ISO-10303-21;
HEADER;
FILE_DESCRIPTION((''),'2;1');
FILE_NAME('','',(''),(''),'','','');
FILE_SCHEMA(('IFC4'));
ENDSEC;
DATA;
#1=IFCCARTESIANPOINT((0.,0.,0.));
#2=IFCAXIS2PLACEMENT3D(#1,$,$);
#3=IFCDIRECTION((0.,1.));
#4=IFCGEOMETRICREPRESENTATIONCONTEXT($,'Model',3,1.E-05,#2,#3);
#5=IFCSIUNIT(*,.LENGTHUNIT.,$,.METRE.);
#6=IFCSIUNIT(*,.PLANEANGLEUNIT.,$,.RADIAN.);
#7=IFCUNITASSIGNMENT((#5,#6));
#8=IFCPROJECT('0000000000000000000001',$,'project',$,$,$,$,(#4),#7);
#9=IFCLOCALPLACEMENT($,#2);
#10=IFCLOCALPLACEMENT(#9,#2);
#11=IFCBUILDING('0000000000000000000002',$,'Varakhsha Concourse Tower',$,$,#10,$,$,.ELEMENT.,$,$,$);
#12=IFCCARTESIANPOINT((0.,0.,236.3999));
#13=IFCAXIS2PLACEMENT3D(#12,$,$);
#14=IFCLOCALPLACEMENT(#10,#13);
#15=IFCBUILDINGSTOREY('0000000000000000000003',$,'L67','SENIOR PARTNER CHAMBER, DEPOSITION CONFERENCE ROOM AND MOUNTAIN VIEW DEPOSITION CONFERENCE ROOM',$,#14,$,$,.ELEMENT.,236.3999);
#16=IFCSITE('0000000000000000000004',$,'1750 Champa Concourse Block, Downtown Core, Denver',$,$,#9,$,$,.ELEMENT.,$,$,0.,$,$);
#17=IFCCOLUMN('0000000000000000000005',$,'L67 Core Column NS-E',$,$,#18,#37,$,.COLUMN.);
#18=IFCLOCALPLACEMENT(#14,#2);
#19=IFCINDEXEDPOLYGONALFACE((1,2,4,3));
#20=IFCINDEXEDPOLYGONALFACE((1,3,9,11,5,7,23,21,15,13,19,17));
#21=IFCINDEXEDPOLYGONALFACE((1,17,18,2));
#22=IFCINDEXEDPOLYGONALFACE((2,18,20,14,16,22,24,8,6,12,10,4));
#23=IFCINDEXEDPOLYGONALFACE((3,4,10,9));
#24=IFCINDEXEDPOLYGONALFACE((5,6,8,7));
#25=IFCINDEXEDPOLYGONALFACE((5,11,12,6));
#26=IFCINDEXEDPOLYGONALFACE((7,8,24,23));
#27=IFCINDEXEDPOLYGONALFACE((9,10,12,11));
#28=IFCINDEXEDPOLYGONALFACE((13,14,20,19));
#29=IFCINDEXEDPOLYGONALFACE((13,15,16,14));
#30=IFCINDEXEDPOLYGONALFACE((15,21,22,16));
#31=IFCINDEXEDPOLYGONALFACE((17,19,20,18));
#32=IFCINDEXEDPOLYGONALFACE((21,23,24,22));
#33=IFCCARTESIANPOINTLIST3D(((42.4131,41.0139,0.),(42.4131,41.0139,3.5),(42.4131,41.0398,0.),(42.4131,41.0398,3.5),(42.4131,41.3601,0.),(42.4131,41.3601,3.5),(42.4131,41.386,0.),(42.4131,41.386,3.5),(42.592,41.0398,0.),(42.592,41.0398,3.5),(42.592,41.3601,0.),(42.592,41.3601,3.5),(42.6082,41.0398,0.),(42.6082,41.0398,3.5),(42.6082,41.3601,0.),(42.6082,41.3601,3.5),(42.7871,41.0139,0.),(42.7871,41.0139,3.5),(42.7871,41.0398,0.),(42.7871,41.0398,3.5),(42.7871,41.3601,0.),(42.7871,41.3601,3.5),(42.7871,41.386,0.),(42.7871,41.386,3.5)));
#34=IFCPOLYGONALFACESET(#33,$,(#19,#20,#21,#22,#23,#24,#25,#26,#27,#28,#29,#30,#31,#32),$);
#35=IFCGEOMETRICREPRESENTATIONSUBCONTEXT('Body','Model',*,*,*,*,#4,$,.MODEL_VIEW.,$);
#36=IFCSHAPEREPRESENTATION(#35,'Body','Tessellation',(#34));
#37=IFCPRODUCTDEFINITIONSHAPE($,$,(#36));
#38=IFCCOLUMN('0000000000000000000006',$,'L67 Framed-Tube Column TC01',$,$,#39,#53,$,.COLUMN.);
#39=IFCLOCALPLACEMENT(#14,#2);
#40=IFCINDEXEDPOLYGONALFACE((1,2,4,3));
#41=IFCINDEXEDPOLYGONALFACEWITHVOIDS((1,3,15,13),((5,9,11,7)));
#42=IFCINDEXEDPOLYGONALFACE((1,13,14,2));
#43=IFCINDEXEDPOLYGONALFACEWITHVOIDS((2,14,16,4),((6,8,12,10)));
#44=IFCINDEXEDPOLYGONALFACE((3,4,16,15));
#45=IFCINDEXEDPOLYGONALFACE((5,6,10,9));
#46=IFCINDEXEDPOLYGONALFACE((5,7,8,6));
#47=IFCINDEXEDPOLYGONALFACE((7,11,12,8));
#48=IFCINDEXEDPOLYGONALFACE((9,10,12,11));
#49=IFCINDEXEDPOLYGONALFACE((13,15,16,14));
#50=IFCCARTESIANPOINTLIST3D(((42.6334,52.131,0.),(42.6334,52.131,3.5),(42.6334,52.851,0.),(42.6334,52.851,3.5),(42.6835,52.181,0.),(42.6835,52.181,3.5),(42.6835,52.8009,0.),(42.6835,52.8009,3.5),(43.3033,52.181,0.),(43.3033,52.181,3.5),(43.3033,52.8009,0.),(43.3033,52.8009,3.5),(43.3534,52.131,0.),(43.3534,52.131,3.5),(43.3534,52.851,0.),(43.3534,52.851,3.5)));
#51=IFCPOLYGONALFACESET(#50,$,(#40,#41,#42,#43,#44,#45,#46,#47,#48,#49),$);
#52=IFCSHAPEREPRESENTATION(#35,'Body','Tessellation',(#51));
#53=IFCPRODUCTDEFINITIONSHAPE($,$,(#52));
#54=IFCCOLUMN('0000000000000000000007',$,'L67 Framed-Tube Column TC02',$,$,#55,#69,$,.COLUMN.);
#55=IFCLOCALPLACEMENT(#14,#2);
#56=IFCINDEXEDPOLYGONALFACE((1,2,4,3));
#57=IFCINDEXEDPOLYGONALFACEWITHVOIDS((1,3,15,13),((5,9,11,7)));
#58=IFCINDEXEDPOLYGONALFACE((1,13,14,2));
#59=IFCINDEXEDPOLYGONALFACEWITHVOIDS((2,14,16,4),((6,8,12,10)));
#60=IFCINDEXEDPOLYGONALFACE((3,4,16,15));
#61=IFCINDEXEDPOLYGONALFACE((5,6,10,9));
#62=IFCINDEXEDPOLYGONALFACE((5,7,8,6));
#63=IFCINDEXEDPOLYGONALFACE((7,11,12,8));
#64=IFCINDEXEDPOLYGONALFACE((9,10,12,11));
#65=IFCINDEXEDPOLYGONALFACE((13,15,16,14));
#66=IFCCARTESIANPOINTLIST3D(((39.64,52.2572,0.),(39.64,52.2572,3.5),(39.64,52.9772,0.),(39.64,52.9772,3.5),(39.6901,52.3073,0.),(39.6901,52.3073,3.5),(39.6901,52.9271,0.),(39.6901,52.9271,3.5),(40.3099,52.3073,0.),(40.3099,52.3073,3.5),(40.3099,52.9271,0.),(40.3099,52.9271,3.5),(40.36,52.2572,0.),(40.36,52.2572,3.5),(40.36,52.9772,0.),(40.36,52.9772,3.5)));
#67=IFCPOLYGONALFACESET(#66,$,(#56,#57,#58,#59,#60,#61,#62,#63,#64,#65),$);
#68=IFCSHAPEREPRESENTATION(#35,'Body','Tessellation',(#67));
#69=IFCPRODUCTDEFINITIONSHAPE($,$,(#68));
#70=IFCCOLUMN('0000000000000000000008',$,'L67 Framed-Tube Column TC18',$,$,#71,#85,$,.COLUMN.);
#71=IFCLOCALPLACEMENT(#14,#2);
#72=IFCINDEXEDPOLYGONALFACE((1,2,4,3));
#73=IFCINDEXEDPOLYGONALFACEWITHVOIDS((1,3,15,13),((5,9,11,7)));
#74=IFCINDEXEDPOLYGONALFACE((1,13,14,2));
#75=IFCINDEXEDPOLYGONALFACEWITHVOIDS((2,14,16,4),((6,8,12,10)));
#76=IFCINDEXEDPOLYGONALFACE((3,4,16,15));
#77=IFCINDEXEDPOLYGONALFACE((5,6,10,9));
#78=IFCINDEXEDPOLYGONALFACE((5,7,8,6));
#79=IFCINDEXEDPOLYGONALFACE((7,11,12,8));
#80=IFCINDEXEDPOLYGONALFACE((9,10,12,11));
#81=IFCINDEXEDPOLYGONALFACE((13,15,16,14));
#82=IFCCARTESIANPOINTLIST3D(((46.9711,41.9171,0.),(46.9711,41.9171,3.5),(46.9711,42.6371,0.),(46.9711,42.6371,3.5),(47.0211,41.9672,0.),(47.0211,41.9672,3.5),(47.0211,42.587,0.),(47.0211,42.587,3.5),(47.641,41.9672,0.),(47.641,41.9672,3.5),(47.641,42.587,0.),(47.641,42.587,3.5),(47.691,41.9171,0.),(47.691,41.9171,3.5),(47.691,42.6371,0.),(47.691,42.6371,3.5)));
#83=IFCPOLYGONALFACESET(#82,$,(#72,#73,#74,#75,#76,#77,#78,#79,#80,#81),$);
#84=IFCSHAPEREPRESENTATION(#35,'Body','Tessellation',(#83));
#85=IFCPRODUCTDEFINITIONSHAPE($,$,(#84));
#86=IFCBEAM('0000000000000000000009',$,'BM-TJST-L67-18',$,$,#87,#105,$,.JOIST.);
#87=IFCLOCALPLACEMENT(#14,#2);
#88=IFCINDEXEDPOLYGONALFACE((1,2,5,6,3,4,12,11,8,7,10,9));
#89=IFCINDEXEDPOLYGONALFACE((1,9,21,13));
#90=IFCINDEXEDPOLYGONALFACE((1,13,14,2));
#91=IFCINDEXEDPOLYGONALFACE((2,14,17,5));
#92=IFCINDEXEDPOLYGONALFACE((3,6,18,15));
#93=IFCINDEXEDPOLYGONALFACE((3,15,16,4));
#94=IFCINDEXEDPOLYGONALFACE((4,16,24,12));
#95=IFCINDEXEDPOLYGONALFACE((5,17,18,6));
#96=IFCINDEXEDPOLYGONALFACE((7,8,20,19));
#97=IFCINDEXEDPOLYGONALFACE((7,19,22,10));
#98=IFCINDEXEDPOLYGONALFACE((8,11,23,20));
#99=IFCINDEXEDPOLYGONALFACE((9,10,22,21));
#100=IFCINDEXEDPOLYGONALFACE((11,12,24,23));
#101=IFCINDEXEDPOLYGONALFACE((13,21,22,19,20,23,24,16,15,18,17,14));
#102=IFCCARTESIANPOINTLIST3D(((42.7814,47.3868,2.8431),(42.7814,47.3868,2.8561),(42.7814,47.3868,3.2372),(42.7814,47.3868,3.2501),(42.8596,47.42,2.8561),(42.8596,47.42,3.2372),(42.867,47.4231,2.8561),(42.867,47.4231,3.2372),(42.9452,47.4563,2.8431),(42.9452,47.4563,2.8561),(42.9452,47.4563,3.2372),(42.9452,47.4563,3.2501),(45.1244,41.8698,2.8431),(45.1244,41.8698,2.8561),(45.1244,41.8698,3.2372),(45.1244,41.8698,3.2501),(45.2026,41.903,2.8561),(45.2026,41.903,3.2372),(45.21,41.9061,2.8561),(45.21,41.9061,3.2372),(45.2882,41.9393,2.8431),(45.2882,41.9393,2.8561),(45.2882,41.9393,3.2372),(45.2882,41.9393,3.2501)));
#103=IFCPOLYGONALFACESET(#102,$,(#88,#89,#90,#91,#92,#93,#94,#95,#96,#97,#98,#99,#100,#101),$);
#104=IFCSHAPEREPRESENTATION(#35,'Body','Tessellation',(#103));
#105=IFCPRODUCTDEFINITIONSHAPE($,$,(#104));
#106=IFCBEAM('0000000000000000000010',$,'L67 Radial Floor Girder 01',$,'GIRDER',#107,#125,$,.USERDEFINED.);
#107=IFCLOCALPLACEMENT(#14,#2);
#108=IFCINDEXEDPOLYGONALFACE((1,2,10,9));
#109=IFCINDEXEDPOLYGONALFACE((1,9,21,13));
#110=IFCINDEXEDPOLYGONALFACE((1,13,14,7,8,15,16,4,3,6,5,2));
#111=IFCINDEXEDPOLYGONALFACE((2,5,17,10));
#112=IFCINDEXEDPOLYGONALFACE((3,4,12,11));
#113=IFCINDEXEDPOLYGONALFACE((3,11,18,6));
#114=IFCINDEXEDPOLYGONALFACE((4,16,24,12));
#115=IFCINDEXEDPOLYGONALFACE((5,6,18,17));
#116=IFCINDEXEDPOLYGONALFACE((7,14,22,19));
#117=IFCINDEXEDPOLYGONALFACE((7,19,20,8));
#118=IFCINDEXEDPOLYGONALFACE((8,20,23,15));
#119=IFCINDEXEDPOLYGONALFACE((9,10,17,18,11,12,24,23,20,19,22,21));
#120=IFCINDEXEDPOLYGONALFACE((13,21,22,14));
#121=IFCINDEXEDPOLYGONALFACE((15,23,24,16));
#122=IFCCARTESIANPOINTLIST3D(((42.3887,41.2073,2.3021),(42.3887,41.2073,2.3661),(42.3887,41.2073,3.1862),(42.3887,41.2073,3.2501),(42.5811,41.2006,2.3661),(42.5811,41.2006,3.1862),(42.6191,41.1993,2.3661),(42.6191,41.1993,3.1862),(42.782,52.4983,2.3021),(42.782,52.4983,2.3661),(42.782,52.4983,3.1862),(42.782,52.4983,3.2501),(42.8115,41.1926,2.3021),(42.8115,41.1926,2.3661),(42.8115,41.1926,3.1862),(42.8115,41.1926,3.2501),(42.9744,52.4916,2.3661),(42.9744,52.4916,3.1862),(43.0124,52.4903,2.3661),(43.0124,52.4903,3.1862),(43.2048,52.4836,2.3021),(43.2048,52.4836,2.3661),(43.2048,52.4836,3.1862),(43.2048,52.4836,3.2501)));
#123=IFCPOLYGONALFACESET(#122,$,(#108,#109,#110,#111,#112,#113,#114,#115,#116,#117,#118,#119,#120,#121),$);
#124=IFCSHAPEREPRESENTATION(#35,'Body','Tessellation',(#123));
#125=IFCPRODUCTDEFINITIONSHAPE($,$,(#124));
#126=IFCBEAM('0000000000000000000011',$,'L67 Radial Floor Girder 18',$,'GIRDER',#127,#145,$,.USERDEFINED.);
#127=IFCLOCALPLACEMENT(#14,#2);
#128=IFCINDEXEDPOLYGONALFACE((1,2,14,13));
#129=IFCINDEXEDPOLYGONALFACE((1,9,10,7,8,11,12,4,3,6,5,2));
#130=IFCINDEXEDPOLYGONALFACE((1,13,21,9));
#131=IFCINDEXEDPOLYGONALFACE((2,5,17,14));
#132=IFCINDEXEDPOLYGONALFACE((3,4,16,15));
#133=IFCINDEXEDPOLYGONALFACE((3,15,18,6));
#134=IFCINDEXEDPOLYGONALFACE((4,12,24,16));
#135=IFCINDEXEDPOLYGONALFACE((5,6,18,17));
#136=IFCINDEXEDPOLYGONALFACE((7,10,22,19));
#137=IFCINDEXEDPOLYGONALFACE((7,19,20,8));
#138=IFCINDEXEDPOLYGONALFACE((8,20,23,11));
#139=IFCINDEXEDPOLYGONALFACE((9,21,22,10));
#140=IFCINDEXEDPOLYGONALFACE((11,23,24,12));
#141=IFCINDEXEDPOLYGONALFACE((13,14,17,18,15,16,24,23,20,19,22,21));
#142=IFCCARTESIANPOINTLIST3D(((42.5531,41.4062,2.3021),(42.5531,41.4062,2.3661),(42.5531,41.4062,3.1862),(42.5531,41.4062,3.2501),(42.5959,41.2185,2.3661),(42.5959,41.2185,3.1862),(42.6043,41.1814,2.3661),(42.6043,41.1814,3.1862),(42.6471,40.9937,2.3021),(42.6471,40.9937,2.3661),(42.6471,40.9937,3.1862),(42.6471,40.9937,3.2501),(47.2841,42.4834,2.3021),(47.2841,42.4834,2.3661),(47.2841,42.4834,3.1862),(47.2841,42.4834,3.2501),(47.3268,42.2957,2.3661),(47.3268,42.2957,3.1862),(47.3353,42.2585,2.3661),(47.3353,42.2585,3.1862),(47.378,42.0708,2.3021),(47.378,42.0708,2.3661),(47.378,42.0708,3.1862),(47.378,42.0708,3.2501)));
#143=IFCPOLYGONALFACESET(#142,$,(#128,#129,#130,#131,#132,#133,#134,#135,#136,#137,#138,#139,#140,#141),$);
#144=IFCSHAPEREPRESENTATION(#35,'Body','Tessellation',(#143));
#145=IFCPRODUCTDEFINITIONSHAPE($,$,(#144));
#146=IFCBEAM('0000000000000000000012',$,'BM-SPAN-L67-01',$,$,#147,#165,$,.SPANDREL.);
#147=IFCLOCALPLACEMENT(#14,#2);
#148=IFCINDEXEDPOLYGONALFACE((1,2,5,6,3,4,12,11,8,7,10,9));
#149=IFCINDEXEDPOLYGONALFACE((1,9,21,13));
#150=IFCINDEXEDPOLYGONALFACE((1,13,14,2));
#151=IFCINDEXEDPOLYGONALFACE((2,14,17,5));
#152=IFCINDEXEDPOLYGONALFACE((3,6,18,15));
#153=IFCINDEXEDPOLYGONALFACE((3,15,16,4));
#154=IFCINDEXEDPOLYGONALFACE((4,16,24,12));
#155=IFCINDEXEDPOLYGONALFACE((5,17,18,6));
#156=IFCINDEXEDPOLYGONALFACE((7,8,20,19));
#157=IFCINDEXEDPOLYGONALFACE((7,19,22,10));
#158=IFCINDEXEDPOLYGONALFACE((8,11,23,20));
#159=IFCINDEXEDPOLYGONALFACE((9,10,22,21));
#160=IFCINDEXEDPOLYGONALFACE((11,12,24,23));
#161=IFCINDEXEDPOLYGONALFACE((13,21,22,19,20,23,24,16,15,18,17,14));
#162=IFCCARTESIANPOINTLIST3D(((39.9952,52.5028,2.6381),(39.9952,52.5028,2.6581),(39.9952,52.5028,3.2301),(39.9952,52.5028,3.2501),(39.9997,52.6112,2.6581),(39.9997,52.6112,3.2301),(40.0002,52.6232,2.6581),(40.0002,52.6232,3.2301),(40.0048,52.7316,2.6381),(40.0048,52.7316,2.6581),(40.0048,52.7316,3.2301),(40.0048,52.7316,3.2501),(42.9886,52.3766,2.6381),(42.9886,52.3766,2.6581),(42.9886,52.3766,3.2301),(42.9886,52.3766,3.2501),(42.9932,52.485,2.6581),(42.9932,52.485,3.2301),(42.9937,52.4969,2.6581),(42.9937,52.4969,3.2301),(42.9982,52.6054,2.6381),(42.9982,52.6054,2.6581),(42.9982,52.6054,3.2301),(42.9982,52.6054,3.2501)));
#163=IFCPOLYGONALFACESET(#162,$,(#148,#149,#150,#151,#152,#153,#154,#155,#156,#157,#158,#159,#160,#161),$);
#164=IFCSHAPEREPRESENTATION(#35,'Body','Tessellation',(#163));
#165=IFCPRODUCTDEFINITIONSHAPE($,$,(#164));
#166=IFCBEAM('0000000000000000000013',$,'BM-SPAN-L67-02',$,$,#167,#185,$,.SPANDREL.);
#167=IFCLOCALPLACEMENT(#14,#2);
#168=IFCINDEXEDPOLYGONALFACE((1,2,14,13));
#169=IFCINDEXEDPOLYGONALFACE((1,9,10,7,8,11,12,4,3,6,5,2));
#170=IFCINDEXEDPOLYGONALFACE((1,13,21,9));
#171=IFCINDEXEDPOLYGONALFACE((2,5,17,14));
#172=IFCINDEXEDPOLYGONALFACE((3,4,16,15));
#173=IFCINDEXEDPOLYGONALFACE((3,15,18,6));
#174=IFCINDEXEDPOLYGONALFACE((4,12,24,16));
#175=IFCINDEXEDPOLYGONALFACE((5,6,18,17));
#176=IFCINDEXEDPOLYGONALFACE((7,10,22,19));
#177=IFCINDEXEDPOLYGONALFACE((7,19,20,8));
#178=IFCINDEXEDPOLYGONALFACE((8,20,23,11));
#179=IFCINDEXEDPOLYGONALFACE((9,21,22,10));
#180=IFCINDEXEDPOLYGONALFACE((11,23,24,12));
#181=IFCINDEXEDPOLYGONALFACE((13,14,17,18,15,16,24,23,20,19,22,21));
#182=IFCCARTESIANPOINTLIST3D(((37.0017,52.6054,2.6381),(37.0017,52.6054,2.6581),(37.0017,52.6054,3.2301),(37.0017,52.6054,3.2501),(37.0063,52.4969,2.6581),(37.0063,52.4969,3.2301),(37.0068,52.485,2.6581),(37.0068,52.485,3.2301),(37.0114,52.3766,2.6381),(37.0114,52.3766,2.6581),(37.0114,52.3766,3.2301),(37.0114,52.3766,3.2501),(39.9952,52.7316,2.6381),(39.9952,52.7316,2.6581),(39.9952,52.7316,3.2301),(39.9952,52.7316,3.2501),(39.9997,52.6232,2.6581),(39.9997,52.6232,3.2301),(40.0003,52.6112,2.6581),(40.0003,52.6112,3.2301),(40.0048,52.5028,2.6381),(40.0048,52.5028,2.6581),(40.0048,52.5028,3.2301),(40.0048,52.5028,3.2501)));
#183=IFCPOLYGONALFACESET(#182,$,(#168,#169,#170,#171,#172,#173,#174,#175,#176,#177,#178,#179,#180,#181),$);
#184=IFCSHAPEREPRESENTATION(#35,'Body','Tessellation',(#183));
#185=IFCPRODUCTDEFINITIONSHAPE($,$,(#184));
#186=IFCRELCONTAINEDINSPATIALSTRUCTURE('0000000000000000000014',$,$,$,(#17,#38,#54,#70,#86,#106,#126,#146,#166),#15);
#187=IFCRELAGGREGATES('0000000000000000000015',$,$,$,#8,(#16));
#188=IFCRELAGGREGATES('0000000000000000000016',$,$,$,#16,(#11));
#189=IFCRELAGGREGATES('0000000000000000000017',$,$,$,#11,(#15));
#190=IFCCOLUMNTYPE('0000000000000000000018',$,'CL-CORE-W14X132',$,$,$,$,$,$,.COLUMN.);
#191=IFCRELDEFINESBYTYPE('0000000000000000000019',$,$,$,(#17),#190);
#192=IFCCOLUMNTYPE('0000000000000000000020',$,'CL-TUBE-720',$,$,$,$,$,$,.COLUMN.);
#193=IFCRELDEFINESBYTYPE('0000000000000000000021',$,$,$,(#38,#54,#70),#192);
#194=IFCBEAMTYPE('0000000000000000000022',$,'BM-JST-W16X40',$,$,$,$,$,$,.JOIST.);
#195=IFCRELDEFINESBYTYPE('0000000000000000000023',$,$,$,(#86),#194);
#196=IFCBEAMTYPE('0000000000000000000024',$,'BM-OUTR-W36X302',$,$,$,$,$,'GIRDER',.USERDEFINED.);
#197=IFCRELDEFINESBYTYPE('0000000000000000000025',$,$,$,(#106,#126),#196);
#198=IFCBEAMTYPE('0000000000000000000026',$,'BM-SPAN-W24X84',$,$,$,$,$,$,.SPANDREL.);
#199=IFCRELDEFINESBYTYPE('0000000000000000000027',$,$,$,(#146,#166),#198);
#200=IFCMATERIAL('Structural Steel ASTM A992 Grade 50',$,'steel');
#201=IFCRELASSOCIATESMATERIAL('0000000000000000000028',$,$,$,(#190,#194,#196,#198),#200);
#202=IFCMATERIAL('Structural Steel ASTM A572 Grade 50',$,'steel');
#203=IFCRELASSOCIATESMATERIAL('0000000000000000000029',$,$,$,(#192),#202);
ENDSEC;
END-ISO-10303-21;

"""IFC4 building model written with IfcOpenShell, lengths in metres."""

from ifc_helpers import new_model, si_unit, direction, frame, origin, origin_2d, place, context, subcontext, project, spatial, hollow_rectangle, i_section, extrude, material, material_profile, profile_set, type_object, element, save


model = new_model("IFC4")

# Units and contexts
model_context = context("Model", 3, precision=1e-05, world=origin(), true_north=direction((0.0, 1.0)))
body_context = subcontext(model_context, "Body", "Model", "MODEL_VIEW")
ifc_project = project(units=[si_unit("LENGTHUNIT", "METRE"), si_unit("PLANEANGLEUNIT", "RADIAN")], contexts=[model_context])

# Site, building, storey
site_placement = place(None, origin())
site = spatial("IfcSite", under=ifc_project, at=site_placement, Name="1750 Champa Concourse Block, Downtown Core, Denver", CompositionType="ELEMENT", RefElevation=0.0)
building_placement = place(site_placement, origin())
building = spatial("IfcBuilding", under=site, at=building_placement, Name="Varakhsha Concourse Tower", CompositionType="ELEMENT")
storey_placement = place(building_placement, frame((0.0, 0.0, 236.3999)))
storey = spatial("IfcBuildingStorey", under=building, at=storey_placement, Name="L67", Description="SENIOR PARTNER CHAMBER, DEPOSITION CONFERENCE ROOM AND MOUNTAIN VIEW DEPOSITION CONFERENCE ROOM", CompositionType="ELEMENT", Elevation=236.3999)

# Columns
ifc_material_1 = material(Name="Structural Steel ASTM A992 Grade 50", Category="steel")
ifc_material_profile_1 = material_profile(ifc_material_1, i_section(OverallWidth=0.374, OverallDepth=0.3721, WebThickness=0.0161, FlangeThickness=0.0259, at=origin_2d()), Name="W14X132")
ifc_profile_set_1 = profile_set([ifc_material_profile_1], Name="Structural Steel ASTM A992 Grade 50")
column_type_1 = type_object("IfcColumnType", Name="CL-CORE-W14X132", PredefinedType="COLUMN", material=ifc_profile_set_1)
column_placement = place(storey_placement, frame((42.6001, 41.2, 0.0), z_axis=(0.0, 0.0, 1.0), x_axis=(1.0, 0.0, 0.0)))
element("IfcColumn", 1, at=column_placement, inside=storey, type_object=column_type_1, Name="L67 Core Column NS-E", PredefinedType="COLUMN", context=body_context, shape_type="SweptSolid", body=[
    extrude(i_section(OverallWidth=0.374, OverallDepth=0.3721, WebThickness=0.0161, FlangeThickness=0.0259, at=origin_2d()), origin(), (0.0, 0.0, 1.0), 3.5),
])
ifc_material_2 = material(Name="Structural Steel ASTM A572 Grade 50", Category="steel")
ifc_material_profile_2 = material_profile(ifc_material_2, hollow_rectangle(XDim=0.72, YDim=0.72, WallThickness=0.05, at=origin_2d()), Name="BOX 720x720x50")
ifc_profile_set_2 = profile_set([ifc_material_profile_2], Name="Structural Steel ASTM A572 Grade 50")
column_type_2 = type_object("IfcColumnType", Name="CL-TUBE-720", PredefinedType="COLUMN", material=ifc_profile_set_2)
for number, where, z_axis, x_axis, name in (
    (2, (42.9934, 52.491, 0.0), (0.0, 0.0, 1.0), (1.0, 0.0, 0.0), "L67 Framed-Tube Column TC01"),
    (3, (40.0, 52.6172, 0.0), (0.0, 0.0, 1.0), (1.0, 0.0, 0.0), "L67 Framed-Tube Column TC02"),
    (4, (47.3311, 42.2771, 0.0), (0.0, 0.0, 1.0), (1.0, 0.0, 0.0), "L67 Framed-Tube Column TC18"),
):
    element("IfcColumn", number, at=place(storey_placement, frame(where, z_axis=z_axis, x_axis=x_axis)), inside=storey, type_object=column_type_2, Name=name, PredefinedType="COLUMN", context=body_context, shape_type="SweptSolid", body=[
        extrude(hollow_rectangle(XDim=0.72, YDim=0.72, WallThickness=0.05, at=origin_2d()), origin(), (0.0, 0.0, 1.0), 3.5),
    ])

# Beams
ifc_material_profile_3 = material_profile(ifc_material_1, i_section(OverallWidth=0.178, OverallDepth=0.407, WebThickness=0.0081, FlangeThickness=0.0129, at=origin_2d()), Name="W16X40")
ifc_profile_set_3 = profile_set([ifc_material_profile_3], Name="Structural Steel ASTM A992 Grade 50")
beam_type_1 = type_object("IfcBeamType", Name="BM-JST-W16X40", PredefinedType="JOIST", material=ifc_profile_set_3)
beam_1_placement = place(storey_placement, frame((45.2063, 41.9045, 3.0466), z_axis=(-0.390894, 0.920436, 0.0), x_axis=(-0.920436, -0.390894, 0.0)))
element("IfcBeam", 5, at=beam_1_placement, inside=storey, type_object=beam_type_1, Name="BM-TJST-L67-18", PredefinedType="JOIST", context=body_context, shape_type="SweptSolid", body=[
    extrude(i_section(OverallWidth=0.178, OverallDepth=0.407, WebThickness=0.0081, FlangeThickness=0.0129, at=origin_2d()), origin(), (0.0, 0.0, 1.0), 5.9939),
])
ifc_material_profile_4 = material_profile(ifc_material_1, i_section(OverallWidth=0.4231, OverallDepth=0.948, WebThickness=0.0381, FlangeThickness=0.064, at=origin_2d()), Name="W36X302")
ifc_profile_set_4 = profile_set([ifc_material_profile_4], Name="Structural Steel ASTM A992 Grade 50")
beam_type_2 = type_object("IfcBeamType", Name="BM-OUTR-W36X302", ElementType="GIRDER", PredefinedType="USERDEFINED", material=ifc_profile_set_4)
beam_2_placement = place(storey_placement, frame((42.6001, 41.2, 2.7761), z_axis=(0.034813, 0.999394, 0.0), x_axis=(-0.999394, 0.034813, 0.0)))
element("IfcBeam", 6, at=beam_2_placement, inside=storey, type_object=beam_type_2, Name="L67 Radial Floor Girder 01", ObjectType="GIRDER", PredefinedType="USERDEFINED", context=body_context, shape_type="SweptSolid", body=[
    extrude(i_section(OverallWidth=0.4231, OverallDepth=0.948, WebThickness=0.0381, FlangeThickness=0.064, at=origin_2d()), origin(), (0.0, 0.0, 1.0), 11.2979),
])
beam_3_placement = place(storey_placement, frame((42.6001, 41.2, 2.7761), z_axis=(0.975047, 0.222, 0.0), x_axis=(-0.222, 0.975047, 0.0)))
element("IfcBeam", 7, at=beam_3_placement, inside=storey, type_object=beam_type_2, Name="L67 Radial Floor Girder 18", ObjectType="GIRDER", PredefinedType="USERDEFINED", context=body_context, shape_type="SweptSolid", body=[
    extrude(i_section(OverallWidth=0.4231, OverallDepth=0.948, WebThickness=0.0381, FlangeThickness=0.064, at=origin_2d()), origin(), (0.0, 0.0, 1.0), 4.8521),
])
ifc_material_profile_5 = material_profile(ifc_material_1, i_section(OverallWidth=0.229, OverallDepth=0.6121, WebThickness=0.012, FlangeThickness=0.02, at=origin_2d()), Name="W24X84")
ifc_profile_set_5 = profile_set([ifc_material_profile_5], Name="Structural Steel ASTM A992 Grade 50")
beam_type_3 = type_object("IfcBeamType", Name="BM-SPAN-W24X84", PredefinedType="SPANDREL", material=ifc_profile_set_5)
for number, where, z_axis, x_axis, name in (
    (8, (42.9934, 52.491, 2.9441), (-0.999112, 0.042129, 0.0), (-0.042129, -0.999112, 0.0), "BM-SPAN-L67-01"),
    (9, (40.0, 52.6172, 2.9441), (-0.999112, -0.042129, 0.0), (0.042129, -0.999112, 0.0), "BM-SPAN-L67-02"),
):
    element("IfcBeam", number, at=place(storey_placement, frame(where, z_axis=z_axis, x_axis=x_axis)), inside=storey, type_object=beam_type_3, Name=name, PredefinedType="SPANDREL", context=body_context, shape_type="SweptSolid", body=[
        extrude(i_section(OverallWidth=0.229, OverallDepth=0.6121, WebThickness=0.012, FlangeThickness=0.02, at=origin_2d()), origin(), (0.0, 0.0, 1.0), 2.9961),
    ])

save(model, "model.ifc")
